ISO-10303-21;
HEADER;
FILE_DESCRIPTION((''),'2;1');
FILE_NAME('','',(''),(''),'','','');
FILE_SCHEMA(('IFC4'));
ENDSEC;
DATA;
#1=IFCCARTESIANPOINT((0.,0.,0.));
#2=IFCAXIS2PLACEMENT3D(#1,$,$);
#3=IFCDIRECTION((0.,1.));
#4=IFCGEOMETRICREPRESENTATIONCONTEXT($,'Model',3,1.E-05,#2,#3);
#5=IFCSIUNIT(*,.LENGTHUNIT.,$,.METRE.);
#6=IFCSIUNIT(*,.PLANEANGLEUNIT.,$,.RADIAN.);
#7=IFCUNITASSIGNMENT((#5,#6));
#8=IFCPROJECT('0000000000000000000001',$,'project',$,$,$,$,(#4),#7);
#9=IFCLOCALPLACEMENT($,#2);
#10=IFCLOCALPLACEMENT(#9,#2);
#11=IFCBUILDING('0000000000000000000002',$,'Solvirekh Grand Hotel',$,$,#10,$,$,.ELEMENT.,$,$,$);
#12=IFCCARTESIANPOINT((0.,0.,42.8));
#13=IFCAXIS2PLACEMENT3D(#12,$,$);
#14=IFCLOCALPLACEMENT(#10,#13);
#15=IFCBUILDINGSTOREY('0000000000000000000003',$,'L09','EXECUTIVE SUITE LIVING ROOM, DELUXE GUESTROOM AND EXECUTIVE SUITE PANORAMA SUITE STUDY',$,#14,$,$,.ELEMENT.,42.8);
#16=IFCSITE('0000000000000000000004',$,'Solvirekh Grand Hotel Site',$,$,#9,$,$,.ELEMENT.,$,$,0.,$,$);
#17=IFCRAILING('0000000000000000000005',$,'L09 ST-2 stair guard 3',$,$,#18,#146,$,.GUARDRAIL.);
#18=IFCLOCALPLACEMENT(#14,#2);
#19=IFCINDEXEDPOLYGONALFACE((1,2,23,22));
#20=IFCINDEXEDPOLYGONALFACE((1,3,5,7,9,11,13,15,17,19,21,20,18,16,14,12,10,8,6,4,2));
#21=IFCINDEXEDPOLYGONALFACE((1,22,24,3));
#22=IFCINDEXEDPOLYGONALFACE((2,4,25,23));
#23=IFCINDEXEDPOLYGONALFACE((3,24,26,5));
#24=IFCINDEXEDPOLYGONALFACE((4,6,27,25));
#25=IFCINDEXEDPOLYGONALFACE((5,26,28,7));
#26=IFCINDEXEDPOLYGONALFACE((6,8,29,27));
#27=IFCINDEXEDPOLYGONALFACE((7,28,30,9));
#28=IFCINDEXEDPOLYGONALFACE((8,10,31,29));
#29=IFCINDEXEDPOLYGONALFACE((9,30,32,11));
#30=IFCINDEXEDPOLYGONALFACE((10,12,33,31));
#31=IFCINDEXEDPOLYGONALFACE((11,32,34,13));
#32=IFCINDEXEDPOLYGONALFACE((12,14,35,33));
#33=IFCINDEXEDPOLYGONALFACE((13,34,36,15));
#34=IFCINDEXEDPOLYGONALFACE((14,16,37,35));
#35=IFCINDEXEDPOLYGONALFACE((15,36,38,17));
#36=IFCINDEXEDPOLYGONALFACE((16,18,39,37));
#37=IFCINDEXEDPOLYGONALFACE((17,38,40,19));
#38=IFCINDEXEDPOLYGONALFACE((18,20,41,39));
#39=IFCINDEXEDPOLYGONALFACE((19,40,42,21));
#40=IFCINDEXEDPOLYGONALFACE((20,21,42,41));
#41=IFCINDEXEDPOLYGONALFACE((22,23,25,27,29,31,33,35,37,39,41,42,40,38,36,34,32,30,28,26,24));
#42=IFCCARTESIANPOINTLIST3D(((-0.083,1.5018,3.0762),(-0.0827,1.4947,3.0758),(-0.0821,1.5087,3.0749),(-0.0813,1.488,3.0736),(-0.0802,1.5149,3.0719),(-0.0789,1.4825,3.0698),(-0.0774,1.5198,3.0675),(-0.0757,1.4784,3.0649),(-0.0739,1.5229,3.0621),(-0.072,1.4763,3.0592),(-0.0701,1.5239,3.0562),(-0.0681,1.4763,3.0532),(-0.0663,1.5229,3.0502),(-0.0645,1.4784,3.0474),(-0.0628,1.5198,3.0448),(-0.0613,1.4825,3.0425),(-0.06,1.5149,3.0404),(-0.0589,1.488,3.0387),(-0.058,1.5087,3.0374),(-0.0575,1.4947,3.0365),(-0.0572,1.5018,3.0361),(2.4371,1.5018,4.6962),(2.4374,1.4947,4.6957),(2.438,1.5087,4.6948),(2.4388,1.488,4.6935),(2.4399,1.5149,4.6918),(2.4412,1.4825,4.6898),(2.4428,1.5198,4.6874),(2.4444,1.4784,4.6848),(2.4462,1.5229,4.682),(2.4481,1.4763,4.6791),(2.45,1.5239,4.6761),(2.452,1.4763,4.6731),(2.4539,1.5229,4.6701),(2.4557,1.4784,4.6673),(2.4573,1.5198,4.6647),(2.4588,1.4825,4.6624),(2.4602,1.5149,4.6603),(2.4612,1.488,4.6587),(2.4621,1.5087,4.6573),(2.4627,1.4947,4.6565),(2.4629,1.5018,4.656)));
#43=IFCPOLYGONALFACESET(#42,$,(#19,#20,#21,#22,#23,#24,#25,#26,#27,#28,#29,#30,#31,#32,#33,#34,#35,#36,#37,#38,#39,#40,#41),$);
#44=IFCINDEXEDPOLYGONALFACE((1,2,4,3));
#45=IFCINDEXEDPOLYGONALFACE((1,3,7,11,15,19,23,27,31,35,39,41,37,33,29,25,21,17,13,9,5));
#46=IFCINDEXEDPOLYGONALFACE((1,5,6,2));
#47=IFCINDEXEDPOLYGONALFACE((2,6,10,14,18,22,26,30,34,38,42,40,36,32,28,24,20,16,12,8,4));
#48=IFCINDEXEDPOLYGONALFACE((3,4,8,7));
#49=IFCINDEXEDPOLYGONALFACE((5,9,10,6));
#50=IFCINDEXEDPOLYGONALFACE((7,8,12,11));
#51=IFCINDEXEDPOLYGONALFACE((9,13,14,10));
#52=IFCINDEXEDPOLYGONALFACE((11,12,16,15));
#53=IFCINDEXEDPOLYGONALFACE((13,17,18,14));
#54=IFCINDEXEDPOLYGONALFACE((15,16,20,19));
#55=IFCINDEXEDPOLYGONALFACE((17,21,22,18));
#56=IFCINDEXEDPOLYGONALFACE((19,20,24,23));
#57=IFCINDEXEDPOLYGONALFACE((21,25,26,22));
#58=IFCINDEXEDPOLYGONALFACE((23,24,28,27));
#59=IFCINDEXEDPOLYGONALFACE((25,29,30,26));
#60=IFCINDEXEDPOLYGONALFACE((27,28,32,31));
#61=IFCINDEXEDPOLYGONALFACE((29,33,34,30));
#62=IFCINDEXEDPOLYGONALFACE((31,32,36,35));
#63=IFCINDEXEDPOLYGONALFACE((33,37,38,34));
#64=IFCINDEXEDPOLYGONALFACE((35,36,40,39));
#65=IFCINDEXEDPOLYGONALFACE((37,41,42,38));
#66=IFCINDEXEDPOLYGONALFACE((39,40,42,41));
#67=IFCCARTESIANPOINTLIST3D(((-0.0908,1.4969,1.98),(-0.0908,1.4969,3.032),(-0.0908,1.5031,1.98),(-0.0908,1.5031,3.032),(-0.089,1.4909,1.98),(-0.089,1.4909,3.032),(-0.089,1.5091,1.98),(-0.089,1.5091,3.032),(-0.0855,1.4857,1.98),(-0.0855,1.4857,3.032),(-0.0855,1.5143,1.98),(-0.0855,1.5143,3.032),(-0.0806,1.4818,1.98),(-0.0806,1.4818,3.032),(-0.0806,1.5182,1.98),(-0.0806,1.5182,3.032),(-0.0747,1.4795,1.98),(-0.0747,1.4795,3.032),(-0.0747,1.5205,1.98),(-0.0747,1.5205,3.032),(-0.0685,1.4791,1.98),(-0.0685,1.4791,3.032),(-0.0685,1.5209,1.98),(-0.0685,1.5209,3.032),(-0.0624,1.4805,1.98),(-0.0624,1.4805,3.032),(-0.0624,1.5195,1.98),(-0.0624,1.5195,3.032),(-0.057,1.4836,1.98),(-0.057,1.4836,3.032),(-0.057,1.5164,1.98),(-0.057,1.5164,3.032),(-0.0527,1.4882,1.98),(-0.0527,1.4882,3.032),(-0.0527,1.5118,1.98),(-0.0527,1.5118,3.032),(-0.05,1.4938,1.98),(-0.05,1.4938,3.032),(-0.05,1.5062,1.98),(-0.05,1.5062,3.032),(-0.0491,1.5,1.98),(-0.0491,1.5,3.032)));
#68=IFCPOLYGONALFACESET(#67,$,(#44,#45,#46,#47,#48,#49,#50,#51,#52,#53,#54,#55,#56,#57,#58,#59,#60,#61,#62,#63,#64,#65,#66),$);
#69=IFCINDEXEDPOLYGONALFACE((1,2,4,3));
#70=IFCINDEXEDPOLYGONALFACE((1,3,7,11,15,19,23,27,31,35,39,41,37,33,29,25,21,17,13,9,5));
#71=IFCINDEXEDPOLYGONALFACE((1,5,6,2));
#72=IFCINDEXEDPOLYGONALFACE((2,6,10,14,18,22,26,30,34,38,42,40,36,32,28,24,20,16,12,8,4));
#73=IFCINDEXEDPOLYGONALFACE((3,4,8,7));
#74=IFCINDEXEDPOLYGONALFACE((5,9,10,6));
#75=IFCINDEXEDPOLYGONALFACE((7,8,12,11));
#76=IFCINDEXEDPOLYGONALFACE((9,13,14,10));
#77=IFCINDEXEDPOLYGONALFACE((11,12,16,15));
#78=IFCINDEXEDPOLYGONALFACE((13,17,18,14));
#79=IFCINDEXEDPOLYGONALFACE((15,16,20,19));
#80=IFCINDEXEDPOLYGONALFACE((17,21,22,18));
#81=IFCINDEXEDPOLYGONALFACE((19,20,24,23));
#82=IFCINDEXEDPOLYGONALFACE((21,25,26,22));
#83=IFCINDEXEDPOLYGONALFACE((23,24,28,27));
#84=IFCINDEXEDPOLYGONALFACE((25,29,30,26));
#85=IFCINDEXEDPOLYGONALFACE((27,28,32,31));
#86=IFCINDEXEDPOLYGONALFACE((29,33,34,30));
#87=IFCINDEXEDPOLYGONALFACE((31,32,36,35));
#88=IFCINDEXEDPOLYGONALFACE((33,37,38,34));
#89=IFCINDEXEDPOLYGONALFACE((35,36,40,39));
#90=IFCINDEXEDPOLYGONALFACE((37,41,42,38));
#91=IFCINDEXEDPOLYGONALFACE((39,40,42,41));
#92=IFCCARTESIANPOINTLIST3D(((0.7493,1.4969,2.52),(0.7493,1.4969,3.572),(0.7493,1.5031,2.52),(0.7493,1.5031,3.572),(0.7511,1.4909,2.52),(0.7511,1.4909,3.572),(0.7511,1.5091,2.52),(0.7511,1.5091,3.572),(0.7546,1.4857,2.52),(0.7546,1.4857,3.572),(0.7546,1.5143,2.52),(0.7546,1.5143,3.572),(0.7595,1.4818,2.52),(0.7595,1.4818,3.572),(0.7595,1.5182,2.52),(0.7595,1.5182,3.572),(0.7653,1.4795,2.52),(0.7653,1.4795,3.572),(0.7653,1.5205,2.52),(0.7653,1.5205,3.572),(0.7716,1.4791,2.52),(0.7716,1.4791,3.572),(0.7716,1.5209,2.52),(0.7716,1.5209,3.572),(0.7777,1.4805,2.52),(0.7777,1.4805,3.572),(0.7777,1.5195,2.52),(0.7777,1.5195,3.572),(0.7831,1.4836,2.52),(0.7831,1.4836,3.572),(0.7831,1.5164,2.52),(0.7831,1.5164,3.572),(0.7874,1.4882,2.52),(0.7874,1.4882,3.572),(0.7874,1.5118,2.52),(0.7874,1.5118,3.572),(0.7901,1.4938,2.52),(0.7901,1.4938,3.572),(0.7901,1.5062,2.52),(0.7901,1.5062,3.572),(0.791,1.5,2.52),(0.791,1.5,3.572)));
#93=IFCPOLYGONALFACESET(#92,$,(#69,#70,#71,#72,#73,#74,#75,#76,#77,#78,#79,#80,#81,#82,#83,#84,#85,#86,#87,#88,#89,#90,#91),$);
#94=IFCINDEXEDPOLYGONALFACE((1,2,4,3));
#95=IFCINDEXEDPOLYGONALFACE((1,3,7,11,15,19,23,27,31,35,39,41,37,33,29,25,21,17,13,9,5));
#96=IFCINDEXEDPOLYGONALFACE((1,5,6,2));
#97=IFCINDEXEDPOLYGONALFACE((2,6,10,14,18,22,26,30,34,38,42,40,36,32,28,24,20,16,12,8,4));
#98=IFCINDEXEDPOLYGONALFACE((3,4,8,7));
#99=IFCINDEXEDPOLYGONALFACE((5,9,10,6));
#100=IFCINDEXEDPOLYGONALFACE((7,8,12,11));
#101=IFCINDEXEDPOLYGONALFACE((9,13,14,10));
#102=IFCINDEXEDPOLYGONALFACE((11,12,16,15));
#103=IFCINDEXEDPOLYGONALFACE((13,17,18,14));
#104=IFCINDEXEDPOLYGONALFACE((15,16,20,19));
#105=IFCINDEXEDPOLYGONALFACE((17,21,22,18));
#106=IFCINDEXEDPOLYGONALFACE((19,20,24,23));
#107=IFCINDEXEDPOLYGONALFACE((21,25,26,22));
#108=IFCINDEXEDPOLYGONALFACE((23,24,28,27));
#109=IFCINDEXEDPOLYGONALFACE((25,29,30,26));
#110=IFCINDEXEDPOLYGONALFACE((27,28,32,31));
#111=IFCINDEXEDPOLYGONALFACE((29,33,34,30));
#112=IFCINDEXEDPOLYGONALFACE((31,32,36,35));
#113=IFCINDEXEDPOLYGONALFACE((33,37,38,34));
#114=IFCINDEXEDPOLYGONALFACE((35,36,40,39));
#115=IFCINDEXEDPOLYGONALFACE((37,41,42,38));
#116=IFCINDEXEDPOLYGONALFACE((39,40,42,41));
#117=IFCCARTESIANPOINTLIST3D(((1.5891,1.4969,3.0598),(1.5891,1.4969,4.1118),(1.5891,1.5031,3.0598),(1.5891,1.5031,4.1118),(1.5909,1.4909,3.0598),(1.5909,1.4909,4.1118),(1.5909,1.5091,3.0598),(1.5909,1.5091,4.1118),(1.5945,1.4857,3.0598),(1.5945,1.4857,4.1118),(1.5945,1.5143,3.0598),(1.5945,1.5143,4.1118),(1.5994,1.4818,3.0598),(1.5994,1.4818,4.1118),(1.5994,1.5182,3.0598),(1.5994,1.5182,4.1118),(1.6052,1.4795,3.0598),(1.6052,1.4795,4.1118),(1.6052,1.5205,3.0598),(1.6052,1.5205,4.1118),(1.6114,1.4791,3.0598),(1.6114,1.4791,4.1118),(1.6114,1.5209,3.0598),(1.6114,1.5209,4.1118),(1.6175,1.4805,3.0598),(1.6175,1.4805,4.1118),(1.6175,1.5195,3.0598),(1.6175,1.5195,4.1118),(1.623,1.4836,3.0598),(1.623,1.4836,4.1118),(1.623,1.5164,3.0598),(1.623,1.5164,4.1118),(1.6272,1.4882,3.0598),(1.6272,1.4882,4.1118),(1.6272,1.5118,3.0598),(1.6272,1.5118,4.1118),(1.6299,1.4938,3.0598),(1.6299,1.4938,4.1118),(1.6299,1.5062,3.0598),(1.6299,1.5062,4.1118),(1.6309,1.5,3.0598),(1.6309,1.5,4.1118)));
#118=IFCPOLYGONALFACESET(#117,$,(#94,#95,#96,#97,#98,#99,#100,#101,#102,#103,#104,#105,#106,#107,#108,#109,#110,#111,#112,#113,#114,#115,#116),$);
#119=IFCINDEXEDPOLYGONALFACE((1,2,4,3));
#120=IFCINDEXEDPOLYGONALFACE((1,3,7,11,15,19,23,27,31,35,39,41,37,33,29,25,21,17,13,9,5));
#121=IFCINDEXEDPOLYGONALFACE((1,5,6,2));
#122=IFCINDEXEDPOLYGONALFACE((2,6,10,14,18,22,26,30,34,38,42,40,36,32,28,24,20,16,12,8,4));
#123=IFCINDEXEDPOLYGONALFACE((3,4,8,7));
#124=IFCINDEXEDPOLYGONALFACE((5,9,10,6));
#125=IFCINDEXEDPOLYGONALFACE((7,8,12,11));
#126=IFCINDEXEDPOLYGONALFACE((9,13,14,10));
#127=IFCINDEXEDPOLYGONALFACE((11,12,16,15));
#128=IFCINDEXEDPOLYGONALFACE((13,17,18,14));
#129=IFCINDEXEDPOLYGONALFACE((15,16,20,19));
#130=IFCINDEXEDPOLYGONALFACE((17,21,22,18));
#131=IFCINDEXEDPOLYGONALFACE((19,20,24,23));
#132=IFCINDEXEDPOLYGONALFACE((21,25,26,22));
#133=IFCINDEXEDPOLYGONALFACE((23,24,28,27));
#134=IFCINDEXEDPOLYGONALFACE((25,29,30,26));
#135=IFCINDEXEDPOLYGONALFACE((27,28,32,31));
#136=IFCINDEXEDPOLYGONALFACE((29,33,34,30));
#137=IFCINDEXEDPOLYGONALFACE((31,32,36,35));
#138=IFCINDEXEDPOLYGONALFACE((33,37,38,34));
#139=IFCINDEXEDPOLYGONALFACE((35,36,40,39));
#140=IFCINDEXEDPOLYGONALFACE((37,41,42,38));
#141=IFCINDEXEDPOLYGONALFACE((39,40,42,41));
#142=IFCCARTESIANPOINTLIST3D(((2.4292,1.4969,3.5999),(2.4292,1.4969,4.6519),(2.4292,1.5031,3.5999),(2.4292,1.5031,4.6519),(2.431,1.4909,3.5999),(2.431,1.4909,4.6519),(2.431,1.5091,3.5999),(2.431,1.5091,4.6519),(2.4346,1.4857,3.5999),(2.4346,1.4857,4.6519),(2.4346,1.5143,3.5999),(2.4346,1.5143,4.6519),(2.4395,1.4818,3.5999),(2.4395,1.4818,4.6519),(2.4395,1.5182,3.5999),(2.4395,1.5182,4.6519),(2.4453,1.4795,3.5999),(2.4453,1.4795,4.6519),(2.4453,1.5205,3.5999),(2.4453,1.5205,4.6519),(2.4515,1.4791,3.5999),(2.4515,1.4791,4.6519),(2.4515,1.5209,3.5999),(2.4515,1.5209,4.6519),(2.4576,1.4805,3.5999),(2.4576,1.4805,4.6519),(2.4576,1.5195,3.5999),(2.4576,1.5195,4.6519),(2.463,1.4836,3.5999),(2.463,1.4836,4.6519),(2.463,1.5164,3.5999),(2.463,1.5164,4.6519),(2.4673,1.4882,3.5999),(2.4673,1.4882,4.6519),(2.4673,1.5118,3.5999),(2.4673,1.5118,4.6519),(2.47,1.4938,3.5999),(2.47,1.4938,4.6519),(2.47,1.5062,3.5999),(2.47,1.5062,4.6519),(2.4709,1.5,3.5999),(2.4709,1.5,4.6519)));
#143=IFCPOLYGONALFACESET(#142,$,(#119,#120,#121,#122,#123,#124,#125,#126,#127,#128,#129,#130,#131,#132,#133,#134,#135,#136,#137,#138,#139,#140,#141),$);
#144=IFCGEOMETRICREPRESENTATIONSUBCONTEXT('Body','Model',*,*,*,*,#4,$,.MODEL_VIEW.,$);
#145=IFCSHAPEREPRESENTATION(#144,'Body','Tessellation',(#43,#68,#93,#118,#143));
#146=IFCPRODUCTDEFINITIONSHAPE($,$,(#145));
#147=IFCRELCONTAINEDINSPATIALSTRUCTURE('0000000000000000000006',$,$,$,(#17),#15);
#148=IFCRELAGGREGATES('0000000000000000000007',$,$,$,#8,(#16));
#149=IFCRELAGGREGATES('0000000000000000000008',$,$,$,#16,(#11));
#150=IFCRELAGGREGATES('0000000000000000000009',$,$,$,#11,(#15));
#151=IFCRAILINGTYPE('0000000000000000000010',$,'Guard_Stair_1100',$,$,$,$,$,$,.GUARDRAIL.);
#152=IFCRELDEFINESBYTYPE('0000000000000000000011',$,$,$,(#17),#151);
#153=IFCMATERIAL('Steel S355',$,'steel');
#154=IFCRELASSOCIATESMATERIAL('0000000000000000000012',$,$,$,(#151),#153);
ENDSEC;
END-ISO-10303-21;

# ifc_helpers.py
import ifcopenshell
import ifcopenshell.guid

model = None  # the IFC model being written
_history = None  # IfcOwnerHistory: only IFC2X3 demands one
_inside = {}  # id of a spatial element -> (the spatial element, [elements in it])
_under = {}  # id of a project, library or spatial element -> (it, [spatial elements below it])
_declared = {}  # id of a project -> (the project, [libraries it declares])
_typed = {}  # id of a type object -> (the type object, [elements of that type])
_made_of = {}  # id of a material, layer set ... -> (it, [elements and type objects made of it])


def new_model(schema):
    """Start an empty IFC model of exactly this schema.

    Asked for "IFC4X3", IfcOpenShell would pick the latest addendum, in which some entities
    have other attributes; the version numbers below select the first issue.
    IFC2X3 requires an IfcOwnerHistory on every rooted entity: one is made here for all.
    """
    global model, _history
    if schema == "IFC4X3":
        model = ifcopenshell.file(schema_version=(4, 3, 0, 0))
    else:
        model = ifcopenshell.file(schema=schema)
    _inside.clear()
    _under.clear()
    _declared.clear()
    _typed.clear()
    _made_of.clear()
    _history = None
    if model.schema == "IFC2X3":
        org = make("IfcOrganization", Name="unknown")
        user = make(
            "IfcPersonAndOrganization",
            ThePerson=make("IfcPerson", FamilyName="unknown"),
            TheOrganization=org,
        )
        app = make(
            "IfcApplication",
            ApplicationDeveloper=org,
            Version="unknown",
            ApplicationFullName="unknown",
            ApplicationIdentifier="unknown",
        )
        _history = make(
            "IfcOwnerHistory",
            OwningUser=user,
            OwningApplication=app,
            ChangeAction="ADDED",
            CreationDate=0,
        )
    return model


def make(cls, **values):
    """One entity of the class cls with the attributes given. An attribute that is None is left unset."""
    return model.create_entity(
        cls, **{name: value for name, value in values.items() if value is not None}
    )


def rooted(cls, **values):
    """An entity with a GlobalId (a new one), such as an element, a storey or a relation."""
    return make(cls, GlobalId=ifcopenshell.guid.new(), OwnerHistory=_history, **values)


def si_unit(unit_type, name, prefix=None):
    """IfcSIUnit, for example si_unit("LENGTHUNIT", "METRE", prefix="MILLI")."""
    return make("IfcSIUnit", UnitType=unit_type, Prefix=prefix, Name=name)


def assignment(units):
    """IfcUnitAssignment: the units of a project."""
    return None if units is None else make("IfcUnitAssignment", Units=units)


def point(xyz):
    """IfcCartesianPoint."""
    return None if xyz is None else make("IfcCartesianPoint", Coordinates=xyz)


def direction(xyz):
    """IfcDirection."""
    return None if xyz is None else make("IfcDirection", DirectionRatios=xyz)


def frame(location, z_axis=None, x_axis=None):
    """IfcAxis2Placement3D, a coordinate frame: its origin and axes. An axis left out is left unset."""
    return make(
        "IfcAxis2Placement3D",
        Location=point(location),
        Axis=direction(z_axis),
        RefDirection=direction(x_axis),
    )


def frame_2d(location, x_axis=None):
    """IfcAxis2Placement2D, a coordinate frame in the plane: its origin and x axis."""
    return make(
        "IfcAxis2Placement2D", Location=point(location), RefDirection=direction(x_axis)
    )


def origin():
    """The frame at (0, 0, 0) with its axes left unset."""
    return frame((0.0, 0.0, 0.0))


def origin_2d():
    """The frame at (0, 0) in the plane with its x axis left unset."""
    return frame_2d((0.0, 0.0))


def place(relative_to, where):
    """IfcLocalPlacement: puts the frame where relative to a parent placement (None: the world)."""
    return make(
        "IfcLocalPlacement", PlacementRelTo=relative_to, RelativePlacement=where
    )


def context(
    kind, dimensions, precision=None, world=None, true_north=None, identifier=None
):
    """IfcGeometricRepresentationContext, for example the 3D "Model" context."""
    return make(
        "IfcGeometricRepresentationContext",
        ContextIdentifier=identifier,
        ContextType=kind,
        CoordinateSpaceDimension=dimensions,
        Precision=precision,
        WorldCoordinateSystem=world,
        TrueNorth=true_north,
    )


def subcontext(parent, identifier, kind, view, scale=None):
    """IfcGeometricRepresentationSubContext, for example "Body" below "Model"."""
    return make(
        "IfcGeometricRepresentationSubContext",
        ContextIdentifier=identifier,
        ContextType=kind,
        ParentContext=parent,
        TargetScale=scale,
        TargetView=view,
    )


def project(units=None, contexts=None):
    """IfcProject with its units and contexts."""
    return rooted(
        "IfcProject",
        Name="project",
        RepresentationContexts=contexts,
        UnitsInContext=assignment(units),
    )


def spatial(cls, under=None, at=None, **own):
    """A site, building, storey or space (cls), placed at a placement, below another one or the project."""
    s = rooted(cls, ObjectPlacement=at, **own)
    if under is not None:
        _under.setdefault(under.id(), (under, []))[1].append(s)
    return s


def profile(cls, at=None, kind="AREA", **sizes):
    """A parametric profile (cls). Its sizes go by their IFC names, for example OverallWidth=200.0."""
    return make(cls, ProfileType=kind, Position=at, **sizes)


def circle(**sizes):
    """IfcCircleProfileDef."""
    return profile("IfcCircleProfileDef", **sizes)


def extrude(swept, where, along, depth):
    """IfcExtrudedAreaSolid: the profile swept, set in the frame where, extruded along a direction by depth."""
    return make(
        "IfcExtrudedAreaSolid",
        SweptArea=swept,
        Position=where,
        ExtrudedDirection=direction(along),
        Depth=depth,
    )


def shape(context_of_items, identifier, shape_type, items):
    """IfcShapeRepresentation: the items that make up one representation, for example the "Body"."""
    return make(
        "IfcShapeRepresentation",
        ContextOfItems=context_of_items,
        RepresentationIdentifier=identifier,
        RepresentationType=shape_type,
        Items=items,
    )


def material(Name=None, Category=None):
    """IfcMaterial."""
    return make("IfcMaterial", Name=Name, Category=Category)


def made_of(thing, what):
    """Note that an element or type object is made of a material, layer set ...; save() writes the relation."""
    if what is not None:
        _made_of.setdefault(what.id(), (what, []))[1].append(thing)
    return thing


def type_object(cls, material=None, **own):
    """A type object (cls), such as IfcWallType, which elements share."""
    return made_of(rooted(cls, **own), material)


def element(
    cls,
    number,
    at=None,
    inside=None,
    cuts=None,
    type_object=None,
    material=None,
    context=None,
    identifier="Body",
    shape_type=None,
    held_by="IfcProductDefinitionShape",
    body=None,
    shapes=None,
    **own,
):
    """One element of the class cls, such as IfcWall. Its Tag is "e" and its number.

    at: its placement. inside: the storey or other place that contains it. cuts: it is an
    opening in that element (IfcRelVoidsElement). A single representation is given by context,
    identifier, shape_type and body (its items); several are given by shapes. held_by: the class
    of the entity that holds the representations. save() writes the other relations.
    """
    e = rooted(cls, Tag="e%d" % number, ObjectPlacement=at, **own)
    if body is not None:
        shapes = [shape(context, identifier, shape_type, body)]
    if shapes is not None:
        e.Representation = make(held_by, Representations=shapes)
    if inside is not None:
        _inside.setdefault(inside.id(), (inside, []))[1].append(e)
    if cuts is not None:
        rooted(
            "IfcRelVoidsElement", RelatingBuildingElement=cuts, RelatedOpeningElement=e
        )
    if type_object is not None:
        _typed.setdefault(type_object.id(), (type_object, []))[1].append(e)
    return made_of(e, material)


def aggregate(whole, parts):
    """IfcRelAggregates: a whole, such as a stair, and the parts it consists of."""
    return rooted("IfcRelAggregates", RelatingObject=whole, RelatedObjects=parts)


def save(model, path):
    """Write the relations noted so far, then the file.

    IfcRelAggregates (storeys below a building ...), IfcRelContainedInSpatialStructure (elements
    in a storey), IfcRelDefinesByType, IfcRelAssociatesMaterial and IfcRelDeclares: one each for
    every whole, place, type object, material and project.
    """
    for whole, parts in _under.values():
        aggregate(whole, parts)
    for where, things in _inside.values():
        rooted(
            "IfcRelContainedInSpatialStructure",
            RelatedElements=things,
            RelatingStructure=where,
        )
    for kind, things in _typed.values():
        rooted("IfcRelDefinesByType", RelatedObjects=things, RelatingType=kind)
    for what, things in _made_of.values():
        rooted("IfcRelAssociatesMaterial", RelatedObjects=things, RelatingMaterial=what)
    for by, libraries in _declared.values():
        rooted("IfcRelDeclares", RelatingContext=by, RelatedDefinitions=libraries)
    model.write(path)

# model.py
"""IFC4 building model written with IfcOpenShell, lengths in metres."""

from ifc_helpers import new_model, si_unit, direction, frame, origin, origin_2d, place, context, subcontext, project, spatial, circle, extrude, material, type_object, element, save


model = new_model("IFC4")

# Units and contexts
model_context = context("Model", 3, precision=1e-05, world=origin(), true_north=direction((0.0, 1.0)))
body_context = subcontext(model_context, "Body", "Model", "MODEL_VIEW")
ifc_project = project(units=[si_unit("LENGTHUNIT", "METRE"), si_unit("PLANEANGLEUNIT", "RADIAN")], contexts=[model_context])

# Site, building, storey
site_placement = place(None, origin())
site = spatial("IfcSite", under=ifc_project, at=site_placement, Name="Solvirekh Grand Hotel Site", CompositionType="ELEMENT", RefElevation=0.0)
building_placement = place(site_placement, origin())
building = spatial("IfcBuilding", under=site, at=building_placement, Name="Solvirekh Grand Hotel", CompositionType="ELEMENT")
storey_placement = place(building_placement, frame((0.0, 0.0, 42.8)))
storey = spatial("IfcBuildingStorey", under=building, at=storey_placement, Name="L09", Description="EXECUTIVE SUITE LIVING ROOM, DELUXE GUESTROOM AND EXECUTIVE SUITE PANORAMA SUITE STUDY", CompositionType="ELEMENT", Elevation=42.8)

# Railing
ifc_material_1 = material(Name="Steel S355", Category="steel")
railing_type_1 = type_object("IfcRailingType", Name="Guard_Stair_1100", PredefinedType="GUARDRAIL", material=ifc_material_1)
railing_1_placement = place(storey_placement, frame((-0.0701, 1.5, 1.98)))
element("IfcRailing", 1, at=railing_1_placement, inside=storey, type_object=railing_type_1, Name="L09 ST-2 stair guard 3", PredefinedType="GUARDRAIL", context=body_context, shape_type="SweptSolid", body=[
    extrude(circle(Radius=0.0239, at=origin_2d()), frame((0.0, 0.0, 1.0762), z_axis=(0.8412, 0.0, 0.540725), x_axis=(0.0, 1.0, 0.0)), (0.0, 0.0, 1.0), 2.9958),
    extrude(circle(Radius=0.021, at=origin_2d()), origin(), (0.0, 0.0, 1.0), 1.052),
    extrude(circle(Radius=0.021, at=origin_2d()), frame((0.8401, 0.0, 0.54)), (0.0, 0.0, 1.0), 1.052),
    extrude(circle(Radius=0.021, at=origin_2d()), frame((1.6799, 0.0, 1.0798)), (0.0, 0.0, 1.0), 1.052),
    extrude(circle(Radius=0.021, at=origin_2d()), frame((2.52, 0.0, 1.6199)), (0.0, 0.0, 1.0), 1.052),
])

save(model, "model.ifc")
